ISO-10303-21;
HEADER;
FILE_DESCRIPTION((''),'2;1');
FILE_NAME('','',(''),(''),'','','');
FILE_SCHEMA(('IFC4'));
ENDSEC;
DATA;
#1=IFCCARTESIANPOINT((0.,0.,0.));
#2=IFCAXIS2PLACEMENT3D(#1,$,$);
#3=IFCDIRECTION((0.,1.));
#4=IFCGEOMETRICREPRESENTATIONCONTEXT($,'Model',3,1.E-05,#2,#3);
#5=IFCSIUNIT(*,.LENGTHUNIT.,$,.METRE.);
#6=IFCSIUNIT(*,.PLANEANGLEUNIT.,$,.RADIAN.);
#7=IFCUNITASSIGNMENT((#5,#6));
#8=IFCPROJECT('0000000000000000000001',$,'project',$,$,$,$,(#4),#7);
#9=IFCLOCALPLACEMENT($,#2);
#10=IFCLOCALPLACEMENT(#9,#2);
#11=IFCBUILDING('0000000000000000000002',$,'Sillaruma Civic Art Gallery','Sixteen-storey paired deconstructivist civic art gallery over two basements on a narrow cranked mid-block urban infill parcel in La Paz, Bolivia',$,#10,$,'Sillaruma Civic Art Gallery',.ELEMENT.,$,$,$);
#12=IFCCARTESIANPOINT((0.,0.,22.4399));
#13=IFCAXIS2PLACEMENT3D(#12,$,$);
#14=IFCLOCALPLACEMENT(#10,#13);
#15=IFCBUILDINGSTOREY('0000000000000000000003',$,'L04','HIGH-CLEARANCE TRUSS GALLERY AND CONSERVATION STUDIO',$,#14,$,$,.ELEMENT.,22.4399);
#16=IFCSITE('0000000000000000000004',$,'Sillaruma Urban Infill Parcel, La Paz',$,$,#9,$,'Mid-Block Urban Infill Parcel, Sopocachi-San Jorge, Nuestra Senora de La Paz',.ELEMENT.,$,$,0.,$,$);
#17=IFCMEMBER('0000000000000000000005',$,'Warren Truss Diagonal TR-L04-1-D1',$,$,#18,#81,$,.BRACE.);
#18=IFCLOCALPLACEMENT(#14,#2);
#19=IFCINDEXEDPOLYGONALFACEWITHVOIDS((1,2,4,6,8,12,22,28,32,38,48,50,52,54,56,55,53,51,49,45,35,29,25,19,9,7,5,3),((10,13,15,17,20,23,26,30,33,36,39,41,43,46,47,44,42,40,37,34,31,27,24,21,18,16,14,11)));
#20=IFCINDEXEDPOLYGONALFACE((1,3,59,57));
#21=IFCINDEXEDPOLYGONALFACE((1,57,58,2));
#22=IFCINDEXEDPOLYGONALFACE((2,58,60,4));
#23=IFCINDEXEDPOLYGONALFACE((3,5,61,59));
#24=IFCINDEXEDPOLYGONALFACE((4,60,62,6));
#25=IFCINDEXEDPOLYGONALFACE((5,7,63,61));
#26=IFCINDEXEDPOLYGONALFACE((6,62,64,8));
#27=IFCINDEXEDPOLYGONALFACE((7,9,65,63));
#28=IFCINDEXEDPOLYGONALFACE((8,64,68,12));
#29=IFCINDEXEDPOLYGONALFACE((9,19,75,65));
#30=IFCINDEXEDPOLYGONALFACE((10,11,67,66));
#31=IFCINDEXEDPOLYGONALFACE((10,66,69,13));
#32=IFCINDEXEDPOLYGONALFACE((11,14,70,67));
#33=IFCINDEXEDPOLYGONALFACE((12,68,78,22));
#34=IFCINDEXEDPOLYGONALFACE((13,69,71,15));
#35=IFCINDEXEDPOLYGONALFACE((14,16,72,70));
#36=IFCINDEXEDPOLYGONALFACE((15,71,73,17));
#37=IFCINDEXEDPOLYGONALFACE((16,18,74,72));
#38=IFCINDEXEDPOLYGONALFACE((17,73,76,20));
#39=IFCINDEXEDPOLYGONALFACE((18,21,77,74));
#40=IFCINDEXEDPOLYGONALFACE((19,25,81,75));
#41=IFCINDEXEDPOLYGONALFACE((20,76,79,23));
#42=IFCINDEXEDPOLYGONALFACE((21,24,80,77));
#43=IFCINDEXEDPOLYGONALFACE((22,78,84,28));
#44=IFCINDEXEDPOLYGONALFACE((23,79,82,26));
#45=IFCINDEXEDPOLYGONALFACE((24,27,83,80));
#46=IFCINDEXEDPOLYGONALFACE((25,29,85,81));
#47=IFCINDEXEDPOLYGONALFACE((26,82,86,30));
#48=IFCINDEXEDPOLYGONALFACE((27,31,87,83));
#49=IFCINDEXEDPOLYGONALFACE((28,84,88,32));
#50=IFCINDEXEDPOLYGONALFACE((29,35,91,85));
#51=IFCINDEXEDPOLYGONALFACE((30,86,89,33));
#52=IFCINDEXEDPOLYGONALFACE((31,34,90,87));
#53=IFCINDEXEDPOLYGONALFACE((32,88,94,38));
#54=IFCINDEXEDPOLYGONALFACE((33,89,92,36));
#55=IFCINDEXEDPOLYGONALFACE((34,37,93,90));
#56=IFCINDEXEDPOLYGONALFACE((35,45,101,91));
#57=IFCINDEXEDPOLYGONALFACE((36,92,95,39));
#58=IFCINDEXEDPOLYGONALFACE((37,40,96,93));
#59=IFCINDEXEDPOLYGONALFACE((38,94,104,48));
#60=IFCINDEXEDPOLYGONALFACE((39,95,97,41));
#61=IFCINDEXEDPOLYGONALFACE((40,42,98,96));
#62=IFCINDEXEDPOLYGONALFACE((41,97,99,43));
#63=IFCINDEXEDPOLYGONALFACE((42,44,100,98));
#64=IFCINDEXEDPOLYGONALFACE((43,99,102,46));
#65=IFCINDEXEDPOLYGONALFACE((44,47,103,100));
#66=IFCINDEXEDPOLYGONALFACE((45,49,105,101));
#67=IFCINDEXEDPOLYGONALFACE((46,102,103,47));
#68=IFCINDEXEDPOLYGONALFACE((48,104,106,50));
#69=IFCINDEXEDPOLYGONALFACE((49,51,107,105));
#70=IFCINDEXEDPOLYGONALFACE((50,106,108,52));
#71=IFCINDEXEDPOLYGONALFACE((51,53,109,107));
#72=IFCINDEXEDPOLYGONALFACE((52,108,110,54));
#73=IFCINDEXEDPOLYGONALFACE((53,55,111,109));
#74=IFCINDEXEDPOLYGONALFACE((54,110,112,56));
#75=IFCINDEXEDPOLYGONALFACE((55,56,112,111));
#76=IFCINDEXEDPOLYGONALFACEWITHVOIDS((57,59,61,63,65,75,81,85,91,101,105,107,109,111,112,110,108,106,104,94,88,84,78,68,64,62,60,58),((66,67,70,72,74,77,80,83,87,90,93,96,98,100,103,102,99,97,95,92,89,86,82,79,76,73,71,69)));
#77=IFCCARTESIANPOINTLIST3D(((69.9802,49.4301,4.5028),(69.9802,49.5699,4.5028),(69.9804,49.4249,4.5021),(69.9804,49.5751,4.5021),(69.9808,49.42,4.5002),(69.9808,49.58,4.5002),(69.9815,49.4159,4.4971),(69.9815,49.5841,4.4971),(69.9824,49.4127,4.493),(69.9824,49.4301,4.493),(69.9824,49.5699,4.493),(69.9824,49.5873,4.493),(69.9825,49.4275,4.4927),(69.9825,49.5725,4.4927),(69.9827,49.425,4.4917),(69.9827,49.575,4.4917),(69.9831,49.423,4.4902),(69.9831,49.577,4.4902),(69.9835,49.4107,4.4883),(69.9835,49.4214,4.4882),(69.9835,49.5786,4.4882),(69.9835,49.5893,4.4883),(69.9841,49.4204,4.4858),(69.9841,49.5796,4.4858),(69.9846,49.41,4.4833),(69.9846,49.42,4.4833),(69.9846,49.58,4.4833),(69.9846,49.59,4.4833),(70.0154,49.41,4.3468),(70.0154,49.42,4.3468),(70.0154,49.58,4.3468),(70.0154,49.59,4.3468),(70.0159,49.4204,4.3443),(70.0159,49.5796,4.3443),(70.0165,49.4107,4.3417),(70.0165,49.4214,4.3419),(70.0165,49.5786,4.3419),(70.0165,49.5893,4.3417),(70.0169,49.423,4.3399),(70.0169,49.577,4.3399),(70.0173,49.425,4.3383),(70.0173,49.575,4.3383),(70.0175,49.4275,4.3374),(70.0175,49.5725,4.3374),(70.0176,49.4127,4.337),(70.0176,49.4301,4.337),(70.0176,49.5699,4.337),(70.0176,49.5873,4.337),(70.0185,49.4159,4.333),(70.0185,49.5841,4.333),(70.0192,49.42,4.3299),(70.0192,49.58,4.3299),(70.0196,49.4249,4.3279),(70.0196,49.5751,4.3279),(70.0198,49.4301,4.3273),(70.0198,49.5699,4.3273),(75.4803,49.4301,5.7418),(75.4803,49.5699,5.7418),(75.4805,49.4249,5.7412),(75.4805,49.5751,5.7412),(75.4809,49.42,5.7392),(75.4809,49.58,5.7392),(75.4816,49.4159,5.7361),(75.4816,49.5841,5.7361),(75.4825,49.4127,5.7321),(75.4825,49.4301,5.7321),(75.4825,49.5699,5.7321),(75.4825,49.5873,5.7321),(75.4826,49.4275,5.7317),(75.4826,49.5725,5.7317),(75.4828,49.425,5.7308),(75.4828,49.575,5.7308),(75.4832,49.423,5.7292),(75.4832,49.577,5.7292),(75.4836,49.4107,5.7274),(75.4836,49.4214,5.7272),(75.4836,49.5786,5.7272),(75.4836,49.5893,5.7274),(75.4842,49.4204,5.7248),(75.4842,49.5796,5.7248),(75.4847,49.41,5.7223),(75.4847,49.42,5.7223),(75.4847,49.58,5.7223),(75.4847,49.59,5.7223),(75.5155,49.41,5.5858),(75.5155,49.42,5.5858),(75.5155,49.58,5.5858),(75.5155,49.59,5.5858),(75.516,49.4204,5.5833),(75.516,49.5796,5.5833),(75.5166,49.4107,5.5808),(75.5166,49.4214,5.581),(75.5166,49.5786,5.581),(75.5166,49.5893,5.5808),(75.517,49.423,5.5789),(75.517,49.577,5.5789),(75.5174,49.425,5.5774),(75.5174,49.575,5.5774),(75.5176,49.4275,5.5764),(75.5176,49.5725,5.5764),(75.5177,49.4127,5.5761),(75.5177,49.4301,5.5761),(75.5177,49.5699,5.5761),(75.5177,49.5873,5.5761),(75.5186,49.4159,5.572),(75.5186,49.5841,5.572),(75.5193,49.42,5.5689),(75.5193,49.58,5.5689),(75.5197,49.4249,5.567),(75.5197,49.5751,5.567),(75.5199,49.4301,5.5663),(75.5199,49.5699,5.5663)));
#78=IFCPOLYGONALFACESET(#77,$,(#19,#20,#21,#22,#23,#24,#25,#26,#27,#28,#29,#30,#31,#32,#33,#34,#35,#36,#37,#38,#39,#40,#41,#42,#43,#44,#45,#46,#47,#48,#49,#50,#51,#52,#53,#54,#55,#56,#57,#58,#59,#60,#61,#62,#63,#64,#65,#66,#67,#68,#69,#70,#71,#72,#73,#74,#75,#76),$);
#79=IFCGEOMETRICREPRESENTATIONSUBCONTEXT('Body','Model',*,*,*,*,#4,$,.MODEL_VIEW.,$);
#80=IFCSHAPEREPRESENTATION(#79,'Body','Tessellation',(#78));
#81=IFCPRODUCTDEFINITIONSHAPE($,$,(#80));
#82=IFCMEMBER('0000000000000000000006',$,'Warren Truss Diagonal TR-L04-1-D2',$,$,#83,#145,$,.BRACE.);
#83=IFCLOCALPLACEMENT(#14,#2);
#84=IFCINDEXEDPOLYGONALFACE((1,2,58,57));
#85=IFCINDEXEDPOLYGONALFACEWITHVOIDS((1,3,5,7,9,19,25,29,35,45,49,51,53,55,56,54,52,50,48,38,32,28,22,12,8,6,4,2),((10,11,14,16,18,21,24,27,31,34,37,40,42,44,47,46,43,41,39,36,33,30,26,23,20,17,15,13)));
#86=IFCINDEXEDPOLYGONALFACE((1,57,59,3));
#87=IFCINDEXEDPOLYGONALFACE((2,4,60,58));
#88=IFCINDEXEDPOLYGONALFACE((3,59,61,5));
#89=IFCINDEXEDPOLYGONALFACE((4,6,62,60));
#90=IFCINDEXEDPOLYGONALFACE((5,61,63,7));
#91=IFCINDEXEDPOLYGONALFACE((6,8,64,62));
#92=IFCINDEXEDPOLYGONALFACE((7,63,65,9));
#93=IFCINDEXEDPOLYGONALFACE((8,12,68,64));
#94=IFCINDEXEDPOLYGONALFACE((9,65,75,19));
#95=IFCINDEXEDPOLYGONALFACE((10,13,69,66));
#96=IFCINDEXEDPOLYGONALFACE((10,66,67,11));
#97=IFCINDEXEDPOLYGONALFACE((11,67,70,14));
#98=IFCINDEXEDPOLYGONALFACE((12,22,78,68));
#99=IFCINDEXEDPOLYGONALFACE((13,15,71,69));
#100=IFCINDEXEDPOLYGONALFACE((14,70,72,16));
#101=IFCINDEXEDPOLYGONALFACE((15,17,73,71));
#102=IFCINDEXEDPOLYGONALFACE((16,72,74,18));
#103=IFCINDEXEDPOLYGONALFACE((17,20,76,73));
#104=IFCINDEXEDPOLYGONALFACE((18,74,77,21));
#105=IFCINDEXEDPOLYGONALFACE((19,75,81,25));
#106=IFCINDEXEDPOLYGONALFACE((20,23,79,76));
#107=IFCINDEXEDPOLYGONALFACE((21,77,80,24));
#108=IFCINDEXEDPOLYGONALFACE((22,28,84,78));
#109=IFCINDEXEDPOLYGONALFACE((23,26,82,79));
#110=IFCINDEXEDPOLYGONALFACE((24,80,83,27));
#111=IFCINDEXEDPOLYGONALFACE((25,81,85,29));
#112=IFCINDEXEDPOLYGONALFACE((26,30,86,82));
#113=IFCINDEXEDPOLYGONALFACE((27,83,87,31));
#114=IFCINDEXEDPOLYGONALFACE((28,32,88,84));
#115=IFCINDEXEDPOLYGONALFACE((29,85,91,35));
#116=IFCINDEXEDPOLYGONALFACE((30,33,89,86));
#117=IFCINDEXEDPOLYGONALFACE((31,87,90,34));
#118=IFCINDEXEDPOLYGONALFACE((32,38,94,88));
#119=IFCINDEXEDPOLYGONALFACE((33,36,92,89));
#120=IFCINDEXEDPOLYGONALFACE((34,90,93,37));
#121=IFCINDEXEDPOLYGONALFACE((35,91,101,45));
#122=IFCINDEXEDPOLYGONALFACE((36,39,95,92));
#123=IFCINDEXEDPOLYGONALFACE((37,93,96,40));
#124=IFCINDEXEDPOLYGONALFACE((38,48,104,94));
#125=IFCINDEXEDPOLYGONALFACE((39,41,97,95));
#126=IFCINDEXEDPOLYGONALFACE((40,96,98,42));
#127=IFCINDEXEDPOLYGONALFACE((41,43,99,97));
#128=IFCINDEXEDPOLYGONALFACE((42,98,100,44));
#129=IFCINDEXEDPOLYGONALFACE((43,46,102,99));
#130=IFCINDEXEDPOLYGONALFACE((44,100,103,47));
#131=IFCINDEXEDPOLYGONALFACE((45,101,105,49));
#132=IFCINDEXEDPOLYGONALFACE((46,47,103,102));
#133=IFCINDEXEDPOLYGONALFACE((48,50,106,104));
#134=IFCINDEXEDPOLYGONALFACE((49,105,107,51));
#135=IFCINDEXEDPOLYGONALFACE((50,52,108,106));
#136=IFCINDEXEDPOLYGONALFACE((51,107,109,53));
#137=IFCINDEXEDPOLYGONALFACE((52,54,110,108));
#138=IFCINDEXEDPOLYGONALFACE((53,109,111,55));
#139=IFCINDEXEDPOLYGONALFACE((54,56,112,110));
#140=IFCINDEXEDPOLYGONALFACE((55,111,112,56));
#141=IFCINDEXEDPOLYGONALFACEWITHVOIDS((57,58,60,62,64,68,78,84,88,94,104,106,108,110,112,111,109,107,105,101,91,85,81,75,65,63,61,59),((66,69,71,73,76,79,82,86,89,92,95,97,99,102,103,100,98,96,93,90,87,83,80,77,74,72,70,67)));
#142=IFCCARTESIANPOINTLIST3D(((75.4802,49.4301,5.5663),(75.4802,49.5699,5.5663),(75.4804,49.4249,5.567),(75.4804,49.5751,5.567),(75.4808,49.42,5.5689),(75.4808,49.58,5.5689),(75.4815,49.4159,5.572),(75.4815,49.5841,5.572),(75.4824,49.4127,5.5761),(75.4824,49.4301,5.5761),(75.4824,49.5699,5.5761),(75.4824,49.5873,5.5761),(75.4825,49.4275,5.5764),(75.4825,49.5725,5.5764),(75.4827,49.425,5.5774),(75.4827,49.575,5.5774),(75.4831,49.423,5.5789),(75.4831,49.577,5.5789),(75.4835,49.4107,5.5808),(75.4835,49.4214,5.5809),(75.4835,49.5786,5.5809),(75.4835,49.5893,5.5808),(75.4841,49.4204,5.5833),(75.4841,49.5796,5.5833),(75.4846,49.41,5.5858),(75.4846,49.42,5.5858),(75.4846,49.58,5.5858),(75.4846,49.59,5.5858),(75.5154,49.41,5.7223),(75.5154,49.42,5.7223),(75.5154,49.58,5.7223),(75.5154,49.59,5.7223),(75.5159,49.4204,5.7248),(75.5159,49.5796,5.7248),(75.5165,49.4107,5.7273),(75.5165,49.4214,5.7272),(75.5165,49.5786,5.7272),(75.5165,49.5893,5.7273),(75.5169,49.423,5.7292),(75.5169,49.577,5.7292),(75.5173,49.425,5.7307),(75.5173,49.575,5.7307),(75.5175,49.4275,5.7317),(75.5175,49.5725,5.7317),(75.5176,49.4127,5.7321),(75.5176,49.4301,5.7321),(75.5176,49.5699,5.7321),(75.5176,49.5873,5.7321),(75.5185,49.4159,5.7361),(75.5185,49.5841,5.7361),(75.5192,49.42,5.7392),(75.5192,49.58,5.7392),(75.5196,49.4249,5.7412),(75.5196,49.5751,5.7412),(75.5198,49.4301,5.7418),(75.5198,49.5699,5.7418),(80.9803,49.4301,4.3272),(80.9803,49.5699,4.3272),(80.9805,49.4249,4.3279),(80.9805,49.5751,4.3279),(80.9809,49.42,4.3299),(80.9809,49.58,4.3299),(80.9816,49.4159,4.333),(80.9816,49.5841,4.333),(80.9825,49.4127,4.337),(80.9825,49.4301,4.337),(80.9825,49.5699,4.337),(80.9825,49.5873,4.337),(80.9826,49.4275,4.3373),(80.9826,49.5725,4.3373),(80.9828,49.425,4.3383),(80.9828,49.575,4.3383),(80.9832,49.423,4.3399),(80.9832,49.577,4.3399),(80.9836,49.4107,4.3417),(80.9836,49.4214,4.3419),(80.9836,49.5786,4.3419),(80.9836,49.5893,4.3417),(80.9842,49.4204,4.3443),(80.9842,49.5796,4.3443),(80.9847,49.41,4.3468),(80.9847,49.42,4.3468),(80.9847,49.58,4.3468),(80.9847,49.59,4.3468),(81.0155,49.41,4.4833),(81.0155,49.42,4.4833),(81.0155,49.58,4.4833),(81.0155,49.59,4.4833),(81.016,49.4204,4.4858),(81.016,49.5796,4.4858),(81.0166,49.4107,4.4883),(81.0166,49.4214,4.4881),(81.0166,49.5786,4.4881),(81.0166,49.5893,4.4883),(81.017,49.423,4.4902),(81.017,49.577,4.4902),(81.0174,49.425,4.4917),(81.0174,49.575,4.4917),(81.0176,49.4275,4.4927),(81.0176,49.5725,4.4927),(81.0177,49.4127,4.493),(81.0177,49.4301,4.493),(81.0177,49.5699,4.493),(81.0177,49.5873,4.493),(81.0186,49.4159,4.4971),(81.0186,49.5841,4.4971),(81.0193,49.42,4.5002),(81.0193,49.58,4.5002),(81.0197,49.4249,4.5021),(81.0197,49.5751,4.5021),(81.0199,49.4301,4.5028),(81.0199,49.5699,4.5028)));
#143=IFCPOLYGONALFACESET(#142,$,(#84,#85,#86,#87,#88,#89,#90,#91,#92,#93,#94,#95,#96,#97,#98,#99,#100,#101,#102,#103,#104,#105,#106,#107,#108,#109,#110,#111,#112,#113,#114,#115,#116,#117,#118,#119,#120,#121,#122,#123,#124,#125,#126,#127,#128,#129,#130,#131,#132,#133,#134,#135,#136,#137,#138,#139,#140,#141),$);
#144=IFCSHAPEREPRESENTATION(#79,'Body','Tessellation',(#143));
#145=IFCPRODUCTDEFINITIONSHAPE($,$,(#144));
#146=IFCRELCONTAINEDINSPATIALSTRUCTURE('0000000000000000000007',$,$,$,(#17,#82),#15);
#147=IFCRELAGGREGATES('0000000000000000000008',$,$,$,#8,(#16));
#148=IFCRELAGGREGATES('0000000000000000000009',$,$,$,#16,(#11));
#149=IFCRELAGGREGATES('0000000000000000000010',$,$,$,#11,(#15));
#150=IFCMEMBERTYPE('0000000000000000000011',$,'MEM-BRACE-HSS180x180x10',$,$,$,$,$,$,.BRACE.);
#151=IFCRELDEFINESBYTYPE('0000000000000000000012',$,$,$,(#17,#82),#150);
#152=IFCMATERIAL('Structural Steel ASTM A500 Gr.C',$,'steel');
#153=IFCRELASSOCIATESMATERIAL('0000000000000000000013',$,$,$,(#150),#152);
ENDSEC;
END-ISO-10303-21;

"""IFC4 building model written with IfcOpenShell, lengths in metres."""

from ifc_helpers import new_model, si_unit, direction, frame, origin, origin_2d, place, context, subcontext, project, spatial, hollow_rectangle, extrude, material, material_profile, profile_set, type_object, element, save


model = new_model("IFC4")

# Units and contexts
model_context = context("Model", 3, precision=1e-05, world=origin(), true_north=direction((0.0, 1.0)))
body_context = subcontext(model_context, "Body", "Model", "MODEL_VIEW")
ifc_project = project(units=[si_unit("LENGTHUNIT", "METRE"), si_unit("PLANEANGLEUNIT", "RADIAN")], contexts=[model_context])

# Site, building, storey
site_placement = place(None, origin())
site = spatial("IfcSite", under=ifc_project, at=site_placement, Name="Sillaruma Urban Infill Parcel, La Paz", LongName="Mid-Block Urban Infill Parcel, Sopocachi-San Jorge, Nuestra Senora de La Paz", CompositionType="ELEMENT", RefElevation=0.0)
building_placement = place(site_placement, origin())
building = spatial("IfcBuilding", under=site, at=building_placement, Name="Sillaruma Civic Art Gallery", Description="Sixteen-storey paired deconstructivist civic art gallery over two basements on a narrow cranked mid-block urban infill parcel in La Paz, Bolivia", LongName="Sillaruma Civic Art Gallery", CompositionType="ELEMENT")
storey_placement = place(building_placement, frame((0.0, 0.0, 22.4399)))
storey = spatial("IfcBuildingStorey", under=building, at=storey_placement, Name="L04", Description="HIGH-CLEARANCE TRUSS GALLERY AND CONSERVATION STUDIO", CompositionType="ELEMENT", Elevation=22.4399)

# Members
ifc_material_1 = material(Name="Structural Steel ASTM A500 Gr.C", Category="steel")
ifc_material_profile_1 = material_profile(ifc_material_1, hollow_rectangle(XDim=0.1799, YDim=0.1799, WallThickness=0.01, InnerFilletRadius=0.01, OuterFilletRadius=0.02, at=origin_2d()), Name="HSS180x180x10")
ifc_profile_set_1 = profile_set([ifc_material_profile_1], Name="Structural Steel ASTM A500 Gr.C")
member_type_1 = type_object("IfcMemberType", Name="MEM-BRACE-HSS180x180x10", PredefinedType="BRACE", material=ifc_profile_set_1)
for number, where, z_axis, x_axis, name in (
    (1, (70.0, 49.5, 4.415), (0.975552, 0.0, 0.219768), (0.0, 1.0, 0.0), "Warren Truss Diagonal TR-L04-1-D1"),
    (2, (75.5, 49.5, 5.6541), (0.975552, 0.0, -0.219768), (0.0, 1.0, 0.0), "Warren Truss Diagonal TR-L04-1-D2"),
):
    element("IfcMember", number, at=place(storey_placement, frame(where, z_axis=z_axis, x_axis=x_axis)), inside=storey, type_object=member_type_1, Name=name, PredefinedType="BRACE", context=body_context, shape_type="SweptSolid", body=[
        extrude(hollow_rectangle(XDim=0.1799, YDim=0.1799, WallThickness=0.01, InnerFilletRadius=0.01, OuterFilletRadius=0.02, at=origin_2d()), origin(), (0.0, 0.0, 1.0), 5.6379),
    ])

save(model, "model.ifc")
